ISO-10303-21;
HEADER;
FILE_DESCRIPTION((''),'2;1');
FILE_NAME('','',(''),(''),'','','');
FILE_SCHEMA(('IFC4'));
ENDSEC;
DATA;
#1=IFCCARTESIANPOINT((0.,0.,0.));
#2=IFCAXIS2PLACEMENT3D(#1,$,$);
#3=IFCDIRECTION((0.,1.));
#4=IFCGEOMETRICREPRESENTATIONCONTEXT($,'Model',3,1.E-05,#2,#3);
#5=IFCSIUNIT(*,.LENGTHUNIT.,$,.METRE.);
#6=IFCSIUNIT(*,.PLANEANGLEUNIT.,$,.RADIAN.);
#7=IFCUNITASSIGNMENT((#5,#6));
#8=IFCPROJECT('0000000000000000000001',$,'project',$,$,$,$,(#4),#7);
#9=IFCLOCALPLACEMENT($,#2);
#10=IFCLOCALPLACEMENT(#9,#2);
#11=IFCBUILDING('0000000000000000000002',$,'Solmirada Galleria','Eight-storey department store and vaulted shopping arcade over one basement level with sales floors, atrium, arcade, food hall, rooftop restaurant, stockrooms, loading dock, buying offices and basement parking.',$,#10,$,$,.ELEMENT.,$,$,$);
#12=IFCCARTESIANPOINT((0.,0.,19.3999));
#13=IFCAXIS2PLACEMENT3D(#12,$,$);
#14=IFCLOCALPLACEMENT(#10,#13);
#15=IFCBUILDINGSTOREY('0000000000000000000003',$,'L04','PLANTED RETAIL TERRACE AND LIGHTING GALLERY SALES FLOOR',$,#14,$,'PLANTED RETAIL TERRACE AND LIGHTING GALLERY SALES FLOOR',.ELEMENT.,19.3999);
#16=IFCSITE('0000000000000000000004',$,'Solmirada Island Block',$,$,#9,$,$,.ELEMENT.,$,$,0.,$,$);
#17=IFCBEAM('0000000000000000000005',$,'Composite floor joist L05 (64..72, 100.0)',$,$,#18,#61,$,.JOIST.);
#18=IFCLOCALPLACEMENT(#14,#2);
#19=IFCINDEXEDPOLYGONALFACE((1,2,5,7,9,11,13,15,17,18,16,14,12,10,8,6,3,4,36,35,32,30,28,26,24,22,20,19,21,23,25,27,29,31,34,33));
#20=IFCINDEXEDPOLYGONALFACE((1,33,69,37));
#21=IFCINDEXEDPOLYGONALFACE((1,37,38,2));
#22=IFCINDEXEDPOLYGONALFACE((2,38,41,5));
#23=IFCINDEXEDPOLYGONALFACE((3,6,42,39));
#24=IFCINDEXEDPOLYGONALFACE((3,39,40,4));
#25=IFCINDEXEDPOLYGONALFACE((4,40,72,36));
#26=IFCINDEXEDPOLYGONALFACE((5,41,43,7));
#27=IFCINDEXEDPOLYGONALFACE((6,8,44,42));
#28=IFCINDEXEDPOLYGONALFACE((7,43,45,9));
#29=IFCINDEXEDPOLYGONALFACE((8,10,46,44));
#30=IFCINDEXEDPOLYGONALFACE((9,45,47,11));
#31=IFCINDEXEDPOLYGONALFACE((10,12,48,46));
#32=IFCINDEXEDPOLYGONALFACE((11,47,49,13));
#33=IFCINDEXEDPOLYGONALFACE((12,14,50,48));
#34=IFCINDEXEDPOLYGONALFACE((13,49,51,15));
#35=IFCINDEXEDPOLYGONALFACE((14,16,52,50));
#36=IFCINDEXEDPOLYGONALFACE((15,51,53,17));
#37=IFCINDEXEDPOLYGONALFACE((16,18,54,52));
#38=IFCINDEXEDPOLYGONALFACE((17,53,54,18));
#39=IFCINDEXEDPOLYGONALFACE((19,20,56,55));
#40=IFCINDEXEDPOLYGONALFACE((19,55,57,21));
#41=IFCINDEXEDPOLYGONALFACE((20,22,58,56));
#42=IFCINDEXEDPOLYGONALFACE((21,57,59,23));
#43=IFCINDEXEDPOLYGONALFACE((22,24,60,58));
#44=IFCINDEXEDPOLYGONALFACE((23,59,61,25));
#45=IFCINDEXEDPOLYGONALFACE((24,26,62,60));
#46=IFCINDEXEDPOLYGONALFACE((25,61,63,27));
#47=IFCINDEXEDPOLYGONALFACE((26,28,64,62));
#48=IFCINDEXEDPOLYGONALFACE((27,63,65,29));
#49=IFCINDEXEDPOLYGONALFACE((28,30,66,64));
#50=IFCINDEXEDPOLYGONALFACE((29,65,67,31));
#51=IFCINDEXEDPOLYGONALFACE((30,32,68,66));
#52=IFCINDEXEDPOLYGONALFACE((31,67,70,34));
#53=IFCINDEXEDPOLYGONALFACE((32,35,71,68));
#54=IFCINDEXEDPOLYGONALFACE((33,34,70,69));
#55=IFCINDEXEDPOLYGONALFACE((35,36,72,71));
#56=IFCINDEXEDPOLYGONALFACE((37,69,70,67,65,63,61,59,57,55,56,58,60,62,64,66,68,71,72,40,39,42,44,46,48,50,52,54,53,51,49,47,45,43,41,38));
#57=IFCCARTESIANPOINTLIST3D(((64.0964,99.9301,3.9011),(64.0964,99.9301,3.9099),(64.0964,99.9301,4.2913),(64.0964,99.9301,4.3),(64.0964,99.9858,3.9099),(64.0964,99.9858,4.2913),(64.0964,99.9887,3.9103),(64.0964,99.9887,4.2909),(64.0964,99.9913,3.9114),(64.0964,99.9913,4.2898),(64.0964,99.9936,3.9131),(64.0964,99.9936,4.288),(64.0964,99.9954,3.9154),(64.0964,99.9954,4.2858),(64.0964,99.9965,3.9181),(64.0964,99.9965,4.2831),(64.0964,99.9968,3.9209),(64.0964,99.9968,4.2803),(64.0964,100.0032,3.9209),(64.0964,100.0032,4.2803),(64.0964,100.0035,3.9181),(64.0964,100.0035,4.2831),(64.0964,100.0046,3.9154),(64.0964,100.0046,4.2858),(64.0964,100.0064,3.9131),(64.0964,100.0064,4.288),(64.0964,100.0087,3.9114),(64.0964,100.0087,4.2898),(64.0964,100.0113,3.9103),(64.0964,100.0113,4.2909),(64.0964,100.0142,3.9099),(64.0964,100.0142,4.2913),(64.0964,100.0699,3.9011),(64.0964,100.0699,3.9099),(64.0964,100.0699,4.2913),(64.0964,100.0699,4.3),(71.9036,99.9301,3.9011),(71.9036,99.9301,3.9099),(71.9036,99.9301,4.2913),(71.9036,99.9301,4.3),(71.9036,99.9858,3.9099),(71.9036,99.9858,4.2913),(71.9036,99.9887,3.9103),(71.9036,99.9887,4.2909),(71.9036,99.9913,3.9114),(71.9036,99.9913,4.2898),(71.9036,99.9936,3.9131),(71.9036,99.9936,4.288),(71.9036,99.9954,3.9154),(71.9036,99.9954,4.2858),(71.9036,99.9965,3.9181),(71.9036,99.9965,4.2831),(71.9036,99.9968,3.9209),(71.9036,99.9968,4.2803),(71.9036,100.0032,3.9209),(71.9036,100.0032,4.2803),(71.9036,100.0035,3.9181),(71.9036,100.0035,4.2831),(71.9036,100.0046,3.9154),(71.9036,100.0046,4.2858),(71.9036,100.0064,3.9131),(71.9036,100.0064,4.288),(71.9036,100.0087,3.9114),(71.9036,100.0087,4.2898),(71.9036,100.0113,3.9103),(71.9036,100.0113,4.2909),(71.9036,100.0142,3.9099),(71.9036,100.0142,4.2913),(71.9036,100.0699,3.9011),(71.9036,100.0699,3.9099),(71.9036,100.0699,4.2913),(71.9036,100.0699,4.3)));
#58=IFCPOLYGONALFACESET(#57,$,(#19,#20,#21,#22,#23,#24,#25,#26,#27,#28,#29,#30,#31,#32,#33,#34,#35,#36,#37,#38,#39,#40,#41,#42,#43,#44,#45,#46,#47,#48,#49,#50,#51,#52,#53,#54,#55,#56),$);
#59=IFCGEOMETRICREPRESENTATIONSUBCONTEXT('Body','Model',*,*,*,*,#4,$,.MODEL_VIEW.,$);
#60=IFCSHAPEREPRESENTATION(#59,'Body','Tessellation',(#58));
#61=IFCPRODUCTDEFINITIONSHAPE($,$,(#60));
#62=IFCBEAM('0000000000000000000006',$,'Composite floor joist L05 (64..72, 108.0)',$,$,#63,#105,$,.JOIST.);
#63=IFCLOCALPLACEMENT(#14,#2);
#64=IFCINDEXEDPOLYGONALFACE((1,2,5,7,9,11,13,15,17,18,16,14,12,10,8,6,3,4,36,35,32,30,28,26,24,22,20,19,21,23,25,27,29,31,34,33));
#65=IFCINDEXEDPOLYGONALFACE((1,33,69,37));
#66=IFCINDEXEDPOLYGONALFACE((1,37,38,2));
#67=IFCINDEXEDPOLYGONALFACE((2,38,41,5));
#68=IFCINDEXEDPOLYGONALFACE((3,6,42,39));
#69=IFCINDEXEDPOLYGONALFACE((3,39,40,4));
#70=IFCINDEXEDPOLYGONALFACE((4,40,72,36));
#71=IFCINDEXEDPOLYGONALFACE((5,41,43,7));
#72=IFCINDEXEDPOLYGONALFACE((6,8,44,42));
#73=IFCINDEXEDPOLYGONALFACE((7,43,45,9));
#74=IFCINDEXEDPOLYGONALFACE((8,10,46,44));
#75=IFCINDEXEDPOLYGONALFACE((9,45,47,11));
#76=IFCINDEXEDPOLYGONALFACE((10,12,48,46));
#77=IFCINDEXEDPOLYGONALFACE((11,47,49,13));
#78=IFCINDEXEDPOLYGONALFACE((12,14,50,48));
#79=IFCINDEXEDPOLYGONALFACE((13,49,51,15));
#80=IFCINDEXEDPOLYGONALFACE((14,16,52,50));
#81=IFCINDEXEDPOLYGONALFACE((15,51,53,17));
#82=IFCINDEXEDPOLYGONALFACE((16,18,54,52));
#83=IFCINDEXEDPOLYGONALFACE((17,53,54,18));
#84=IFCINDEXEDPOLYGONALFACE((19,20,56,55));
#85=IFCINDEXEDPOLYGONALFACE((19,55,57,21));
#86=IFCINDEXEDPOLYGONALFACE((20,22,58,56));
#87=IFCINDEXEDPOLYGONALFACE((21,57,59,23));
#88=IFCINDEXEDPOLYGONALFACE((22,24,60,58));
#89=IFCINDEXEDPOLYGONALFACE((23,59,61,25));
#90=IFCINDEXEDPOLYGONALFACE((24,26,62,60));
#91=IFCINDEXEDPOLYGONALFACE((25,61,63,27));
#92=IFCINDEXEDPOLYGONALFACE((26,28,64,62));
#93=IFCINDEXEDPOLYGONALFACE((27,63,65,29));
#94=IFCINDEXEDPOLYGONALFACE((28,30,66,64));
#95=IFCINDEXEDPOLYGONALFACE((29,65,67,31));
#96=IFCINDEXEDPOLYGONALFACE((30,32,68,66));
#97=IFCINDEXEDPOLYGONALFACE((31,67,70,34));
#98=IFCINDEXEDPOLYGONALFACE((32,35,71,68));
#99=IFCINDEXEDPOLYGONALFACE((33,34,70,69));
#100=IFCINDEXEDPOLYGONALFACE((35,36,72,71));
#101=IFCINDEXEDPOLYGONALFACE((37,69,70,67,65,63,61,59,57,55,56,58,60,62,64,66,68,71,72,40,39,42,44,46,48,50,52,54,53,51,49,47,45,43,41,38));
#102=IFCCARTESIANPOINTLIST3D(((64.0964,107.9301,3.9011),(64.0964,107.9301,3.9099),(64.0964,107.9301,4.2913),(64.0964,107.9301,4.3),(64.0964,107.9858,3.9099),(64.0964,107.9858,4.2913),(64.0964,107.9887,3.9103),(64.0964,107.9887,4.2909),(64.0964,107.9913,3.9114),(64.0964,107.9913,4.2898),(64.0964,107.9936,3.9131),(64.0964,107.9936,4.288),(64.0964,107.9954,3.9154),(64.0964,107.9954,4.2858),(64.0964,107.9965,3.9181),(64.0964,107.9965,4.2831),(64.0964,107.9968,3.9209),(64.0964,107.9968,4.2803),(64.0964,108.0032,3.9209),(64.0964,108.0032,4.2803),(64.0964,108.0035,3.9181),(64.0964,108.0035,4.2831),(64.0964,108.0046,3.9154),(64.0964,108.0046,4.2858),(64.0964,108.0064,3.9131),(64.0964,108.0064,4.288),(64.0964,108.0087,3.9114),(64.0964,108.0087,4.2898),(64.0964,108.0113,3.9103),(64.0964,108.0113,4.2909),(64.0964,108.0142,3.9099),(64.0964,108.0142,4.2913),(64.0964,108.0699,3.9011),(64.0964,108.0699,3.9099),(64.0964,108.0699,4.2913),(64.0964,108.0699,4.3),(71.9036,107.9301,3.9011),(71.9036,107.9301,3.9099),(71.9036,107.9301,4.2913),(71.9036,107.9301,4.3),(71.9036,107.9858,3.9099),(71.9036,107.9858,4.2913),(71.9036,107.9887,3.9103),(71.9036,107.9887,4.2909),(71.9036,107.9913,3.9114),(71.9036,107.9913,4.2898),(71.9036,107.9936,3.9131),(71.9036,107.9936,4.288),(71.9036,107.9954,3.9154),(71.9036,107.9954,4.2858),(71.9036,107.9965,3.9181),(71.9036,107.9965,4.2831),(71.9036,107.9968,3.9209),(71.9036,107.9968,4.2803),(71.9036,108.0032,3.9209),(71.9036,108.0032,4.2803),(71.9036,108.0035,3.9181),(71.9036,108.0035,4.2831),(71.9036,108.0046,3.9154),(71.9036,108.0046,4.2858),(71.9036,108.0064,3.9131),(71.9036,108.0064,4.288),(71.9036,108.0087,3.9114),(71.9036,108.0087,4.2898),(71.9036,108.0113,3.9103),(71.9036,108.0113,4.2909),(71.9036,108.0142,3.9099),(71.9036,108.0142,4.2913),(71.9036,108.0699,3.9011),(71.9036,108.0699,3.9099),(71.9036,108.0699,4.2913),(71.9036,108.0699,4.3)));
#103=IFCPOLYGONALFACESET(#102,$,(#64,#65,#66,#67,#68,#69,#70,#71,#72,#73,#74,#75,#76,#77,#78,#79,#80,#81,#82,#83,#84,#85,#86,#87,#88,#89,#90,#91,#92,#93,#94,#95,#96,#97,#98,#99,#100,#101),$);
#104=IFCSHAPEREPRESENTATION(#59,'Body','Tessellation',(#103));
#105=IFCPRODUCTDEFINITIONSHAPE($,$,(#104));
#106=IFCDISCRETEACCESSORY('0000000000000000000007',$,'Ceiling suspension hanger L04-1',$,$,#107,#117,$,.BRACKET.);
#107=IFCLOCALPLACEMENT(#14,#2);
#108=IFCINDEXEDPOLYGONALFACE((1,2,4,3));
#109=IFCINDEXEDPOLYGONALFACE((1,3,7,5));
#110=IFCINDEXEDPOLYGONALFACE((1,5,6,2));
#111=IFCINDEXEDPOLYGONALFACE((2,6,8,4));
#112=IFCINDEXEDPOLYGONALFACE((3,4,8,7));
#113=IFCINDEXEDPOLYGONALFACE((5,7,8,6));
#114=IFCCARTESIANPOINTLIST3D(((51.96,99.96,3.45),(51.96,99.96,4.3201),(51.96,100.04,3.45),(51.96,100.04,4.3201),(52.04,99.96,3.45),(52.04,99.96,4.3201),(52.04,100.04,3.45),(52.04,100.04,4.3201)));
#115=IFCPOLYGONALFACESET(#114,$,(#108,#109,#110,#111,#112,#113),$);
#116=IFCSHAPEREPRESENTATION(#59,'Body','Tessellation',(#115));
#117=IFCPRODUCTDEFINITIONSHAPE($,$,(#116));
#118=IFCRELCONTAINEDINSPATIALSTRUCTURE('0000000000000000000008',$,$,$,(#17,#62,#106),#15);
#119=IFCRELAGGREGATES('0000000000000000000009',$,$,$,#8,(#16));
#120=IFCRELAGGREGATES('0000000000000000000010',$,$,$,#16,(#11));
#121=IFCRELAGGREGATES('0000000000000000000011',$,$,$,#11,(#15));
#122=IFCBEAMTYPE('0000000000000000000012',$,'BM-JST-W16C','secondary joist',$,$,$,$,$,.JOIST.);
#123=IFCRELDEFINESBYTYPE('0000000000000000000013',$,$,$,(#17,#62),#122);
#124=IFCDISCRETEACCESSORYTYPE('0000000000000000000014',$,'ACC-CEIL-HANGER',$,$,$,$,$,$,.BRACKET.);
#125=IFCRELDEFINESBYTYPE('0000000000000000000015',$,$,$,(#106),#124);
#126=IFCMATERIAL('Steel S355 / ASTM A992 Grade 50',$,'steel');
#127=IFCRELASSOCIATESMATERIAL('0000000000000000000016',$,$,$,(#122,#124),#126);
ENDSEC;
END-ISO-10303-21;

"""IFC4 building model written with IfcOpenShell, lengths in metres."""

from ifc_helpers import new_model, si_unit, direction, frame, origin, origin_2d, place, context, subcontext, project, spatial, rectangle, i_section, extrude, material, material_profile, profile_set, type_object, element, save


model = new_model("IFC4")

# Units and contexts
model_context = context("Model", 3, precision=1e-05, world=origin(), true_north=direction((0.0, 1.0)))
body_context = subcontext(model_context, "Body", "Model", "MODEL_VIEW")
ifc_project = project(units=[si_unit("LENGTHUNIT", "METRE"), si_unit("PLANEANGLEUNIT", "RADIAN")], contexts=[model_context])

# Site, building, storey
site_placement = place(None, origin())
site = spatial("IfcSite", under=ifc_project, at=site_placement, Name="Solmirada Island Block", CompositionType="ELEMENT", RefElevation=0.0)
building_placement = place(site_placement, origin())
building = spatial("IfcBuilding", under=site, at=building_placement, Name="Solmirada Galleria", Description="Eight-storey department store and vaulted shopping arcade over one basement level with sales floors, atrium, arcade, food hall, rooftop restaurant, stockrooms, loading dock, buying offices and basement parking.", CompositionType="ELEMENT")
storey_placement = place(building_placement, frame((0.0, 0.0, 19.3999)))
storey = spatial("IfcBuildingStorey", under=building, at=storey_placement, Name="L04", Description="PLANTED RETAIL TERRACE AND LIGHTING GALLERY SALES FLOOR", LongName="PLANTED RETAIL TERRACE AND LIGHTING GALLERY SALES FLOOR", CompositionType="ELEMENT", Elevation=19.3999)

# Beams
ifc_material_1 = material(Name="Steel S355 / ASTM A992 Grade 50", Category="steel")
ifc_material_profile_1 = material_profile(ifc_material_1, i_section(OverallWidth=0.1399, OverallDepth=0.3989, WebThickness=0.0063, FlangeThickness=0.0088, FilletRadius=0.011, at=origin_2d()), Name="W16X26")
ifc_profile_set_1 = profile_set([ifc_material_profile_1], Name="Steel S355 / ASTM A992 Grade 50")
beam_type_1 = type_object("IfcBeamType", Name="BM-JST-W16C", Description="secondary joist", PredefinedType="JOIST", material=ifc_profile_set_1)
for number, where, z_axis, x_axis, name in (
    (1, (64.0964, 100.0, 4.1006), (1.0, 0.0, 0.0), (0.0, 1.0, 0.0), "Composite floor joist L05 (64..72, 100.0)"),
    (2, (64.0964, 108.0, 4.1006), (1.0, 0.0, 0.0), (0.0, 1.0, 0.0), "Composite floor joist L05 (64..72, 108.0)"),
):
    element("IfcBeam", number, at=place(storey_placement, frame(where, z_axis=z_axis, x_axis=x_axis)), inside=storey, type_object=beam_type_1, Name=name, PredefinedType="JOIST", context=body_context, shape_type="SweptSolid", body=[
        extrude(i_section(OverallWidth=0.1399, OverallDepth=0.3989, WebThickness=0.0063, FlangeThickness=0.0088, FilletRadius=0.011, at=origin_2d()), origin(), (0.0, 0.0, 1.0), 7.8071),
    ])

# Discrete accessory
discrete_accessory_type = type_object("IfcDiscreteAccessoryType", Name="ACC-CEIL-HANGER", PredefinedType="BRACKET", material=ifc_material_1)
discrete_accessory_placement = place(storey_placement, frame((52.0, 100.0, 3.45), z_axis=(0.0, 0.0, 1.0), x_axis=(1.0, 0.0, 0.0)))
element("IfcDiscreteAccessory", 3, at=discrete_accessory_placement, inside=storey, type_object=discrete_accessory_type, Name="Ceiling suspension hanger L04-1", PredefinedType="BRACKET", context=body_context, shape_type="SweptSolid", body=[
    extrude(rectangle(XDim=0.0801, YDim=0.0801, at=origin_2d()), origin(), (0.0, 0.0, 1.0), 0.8701),
])

save(model, "model.ifc")
